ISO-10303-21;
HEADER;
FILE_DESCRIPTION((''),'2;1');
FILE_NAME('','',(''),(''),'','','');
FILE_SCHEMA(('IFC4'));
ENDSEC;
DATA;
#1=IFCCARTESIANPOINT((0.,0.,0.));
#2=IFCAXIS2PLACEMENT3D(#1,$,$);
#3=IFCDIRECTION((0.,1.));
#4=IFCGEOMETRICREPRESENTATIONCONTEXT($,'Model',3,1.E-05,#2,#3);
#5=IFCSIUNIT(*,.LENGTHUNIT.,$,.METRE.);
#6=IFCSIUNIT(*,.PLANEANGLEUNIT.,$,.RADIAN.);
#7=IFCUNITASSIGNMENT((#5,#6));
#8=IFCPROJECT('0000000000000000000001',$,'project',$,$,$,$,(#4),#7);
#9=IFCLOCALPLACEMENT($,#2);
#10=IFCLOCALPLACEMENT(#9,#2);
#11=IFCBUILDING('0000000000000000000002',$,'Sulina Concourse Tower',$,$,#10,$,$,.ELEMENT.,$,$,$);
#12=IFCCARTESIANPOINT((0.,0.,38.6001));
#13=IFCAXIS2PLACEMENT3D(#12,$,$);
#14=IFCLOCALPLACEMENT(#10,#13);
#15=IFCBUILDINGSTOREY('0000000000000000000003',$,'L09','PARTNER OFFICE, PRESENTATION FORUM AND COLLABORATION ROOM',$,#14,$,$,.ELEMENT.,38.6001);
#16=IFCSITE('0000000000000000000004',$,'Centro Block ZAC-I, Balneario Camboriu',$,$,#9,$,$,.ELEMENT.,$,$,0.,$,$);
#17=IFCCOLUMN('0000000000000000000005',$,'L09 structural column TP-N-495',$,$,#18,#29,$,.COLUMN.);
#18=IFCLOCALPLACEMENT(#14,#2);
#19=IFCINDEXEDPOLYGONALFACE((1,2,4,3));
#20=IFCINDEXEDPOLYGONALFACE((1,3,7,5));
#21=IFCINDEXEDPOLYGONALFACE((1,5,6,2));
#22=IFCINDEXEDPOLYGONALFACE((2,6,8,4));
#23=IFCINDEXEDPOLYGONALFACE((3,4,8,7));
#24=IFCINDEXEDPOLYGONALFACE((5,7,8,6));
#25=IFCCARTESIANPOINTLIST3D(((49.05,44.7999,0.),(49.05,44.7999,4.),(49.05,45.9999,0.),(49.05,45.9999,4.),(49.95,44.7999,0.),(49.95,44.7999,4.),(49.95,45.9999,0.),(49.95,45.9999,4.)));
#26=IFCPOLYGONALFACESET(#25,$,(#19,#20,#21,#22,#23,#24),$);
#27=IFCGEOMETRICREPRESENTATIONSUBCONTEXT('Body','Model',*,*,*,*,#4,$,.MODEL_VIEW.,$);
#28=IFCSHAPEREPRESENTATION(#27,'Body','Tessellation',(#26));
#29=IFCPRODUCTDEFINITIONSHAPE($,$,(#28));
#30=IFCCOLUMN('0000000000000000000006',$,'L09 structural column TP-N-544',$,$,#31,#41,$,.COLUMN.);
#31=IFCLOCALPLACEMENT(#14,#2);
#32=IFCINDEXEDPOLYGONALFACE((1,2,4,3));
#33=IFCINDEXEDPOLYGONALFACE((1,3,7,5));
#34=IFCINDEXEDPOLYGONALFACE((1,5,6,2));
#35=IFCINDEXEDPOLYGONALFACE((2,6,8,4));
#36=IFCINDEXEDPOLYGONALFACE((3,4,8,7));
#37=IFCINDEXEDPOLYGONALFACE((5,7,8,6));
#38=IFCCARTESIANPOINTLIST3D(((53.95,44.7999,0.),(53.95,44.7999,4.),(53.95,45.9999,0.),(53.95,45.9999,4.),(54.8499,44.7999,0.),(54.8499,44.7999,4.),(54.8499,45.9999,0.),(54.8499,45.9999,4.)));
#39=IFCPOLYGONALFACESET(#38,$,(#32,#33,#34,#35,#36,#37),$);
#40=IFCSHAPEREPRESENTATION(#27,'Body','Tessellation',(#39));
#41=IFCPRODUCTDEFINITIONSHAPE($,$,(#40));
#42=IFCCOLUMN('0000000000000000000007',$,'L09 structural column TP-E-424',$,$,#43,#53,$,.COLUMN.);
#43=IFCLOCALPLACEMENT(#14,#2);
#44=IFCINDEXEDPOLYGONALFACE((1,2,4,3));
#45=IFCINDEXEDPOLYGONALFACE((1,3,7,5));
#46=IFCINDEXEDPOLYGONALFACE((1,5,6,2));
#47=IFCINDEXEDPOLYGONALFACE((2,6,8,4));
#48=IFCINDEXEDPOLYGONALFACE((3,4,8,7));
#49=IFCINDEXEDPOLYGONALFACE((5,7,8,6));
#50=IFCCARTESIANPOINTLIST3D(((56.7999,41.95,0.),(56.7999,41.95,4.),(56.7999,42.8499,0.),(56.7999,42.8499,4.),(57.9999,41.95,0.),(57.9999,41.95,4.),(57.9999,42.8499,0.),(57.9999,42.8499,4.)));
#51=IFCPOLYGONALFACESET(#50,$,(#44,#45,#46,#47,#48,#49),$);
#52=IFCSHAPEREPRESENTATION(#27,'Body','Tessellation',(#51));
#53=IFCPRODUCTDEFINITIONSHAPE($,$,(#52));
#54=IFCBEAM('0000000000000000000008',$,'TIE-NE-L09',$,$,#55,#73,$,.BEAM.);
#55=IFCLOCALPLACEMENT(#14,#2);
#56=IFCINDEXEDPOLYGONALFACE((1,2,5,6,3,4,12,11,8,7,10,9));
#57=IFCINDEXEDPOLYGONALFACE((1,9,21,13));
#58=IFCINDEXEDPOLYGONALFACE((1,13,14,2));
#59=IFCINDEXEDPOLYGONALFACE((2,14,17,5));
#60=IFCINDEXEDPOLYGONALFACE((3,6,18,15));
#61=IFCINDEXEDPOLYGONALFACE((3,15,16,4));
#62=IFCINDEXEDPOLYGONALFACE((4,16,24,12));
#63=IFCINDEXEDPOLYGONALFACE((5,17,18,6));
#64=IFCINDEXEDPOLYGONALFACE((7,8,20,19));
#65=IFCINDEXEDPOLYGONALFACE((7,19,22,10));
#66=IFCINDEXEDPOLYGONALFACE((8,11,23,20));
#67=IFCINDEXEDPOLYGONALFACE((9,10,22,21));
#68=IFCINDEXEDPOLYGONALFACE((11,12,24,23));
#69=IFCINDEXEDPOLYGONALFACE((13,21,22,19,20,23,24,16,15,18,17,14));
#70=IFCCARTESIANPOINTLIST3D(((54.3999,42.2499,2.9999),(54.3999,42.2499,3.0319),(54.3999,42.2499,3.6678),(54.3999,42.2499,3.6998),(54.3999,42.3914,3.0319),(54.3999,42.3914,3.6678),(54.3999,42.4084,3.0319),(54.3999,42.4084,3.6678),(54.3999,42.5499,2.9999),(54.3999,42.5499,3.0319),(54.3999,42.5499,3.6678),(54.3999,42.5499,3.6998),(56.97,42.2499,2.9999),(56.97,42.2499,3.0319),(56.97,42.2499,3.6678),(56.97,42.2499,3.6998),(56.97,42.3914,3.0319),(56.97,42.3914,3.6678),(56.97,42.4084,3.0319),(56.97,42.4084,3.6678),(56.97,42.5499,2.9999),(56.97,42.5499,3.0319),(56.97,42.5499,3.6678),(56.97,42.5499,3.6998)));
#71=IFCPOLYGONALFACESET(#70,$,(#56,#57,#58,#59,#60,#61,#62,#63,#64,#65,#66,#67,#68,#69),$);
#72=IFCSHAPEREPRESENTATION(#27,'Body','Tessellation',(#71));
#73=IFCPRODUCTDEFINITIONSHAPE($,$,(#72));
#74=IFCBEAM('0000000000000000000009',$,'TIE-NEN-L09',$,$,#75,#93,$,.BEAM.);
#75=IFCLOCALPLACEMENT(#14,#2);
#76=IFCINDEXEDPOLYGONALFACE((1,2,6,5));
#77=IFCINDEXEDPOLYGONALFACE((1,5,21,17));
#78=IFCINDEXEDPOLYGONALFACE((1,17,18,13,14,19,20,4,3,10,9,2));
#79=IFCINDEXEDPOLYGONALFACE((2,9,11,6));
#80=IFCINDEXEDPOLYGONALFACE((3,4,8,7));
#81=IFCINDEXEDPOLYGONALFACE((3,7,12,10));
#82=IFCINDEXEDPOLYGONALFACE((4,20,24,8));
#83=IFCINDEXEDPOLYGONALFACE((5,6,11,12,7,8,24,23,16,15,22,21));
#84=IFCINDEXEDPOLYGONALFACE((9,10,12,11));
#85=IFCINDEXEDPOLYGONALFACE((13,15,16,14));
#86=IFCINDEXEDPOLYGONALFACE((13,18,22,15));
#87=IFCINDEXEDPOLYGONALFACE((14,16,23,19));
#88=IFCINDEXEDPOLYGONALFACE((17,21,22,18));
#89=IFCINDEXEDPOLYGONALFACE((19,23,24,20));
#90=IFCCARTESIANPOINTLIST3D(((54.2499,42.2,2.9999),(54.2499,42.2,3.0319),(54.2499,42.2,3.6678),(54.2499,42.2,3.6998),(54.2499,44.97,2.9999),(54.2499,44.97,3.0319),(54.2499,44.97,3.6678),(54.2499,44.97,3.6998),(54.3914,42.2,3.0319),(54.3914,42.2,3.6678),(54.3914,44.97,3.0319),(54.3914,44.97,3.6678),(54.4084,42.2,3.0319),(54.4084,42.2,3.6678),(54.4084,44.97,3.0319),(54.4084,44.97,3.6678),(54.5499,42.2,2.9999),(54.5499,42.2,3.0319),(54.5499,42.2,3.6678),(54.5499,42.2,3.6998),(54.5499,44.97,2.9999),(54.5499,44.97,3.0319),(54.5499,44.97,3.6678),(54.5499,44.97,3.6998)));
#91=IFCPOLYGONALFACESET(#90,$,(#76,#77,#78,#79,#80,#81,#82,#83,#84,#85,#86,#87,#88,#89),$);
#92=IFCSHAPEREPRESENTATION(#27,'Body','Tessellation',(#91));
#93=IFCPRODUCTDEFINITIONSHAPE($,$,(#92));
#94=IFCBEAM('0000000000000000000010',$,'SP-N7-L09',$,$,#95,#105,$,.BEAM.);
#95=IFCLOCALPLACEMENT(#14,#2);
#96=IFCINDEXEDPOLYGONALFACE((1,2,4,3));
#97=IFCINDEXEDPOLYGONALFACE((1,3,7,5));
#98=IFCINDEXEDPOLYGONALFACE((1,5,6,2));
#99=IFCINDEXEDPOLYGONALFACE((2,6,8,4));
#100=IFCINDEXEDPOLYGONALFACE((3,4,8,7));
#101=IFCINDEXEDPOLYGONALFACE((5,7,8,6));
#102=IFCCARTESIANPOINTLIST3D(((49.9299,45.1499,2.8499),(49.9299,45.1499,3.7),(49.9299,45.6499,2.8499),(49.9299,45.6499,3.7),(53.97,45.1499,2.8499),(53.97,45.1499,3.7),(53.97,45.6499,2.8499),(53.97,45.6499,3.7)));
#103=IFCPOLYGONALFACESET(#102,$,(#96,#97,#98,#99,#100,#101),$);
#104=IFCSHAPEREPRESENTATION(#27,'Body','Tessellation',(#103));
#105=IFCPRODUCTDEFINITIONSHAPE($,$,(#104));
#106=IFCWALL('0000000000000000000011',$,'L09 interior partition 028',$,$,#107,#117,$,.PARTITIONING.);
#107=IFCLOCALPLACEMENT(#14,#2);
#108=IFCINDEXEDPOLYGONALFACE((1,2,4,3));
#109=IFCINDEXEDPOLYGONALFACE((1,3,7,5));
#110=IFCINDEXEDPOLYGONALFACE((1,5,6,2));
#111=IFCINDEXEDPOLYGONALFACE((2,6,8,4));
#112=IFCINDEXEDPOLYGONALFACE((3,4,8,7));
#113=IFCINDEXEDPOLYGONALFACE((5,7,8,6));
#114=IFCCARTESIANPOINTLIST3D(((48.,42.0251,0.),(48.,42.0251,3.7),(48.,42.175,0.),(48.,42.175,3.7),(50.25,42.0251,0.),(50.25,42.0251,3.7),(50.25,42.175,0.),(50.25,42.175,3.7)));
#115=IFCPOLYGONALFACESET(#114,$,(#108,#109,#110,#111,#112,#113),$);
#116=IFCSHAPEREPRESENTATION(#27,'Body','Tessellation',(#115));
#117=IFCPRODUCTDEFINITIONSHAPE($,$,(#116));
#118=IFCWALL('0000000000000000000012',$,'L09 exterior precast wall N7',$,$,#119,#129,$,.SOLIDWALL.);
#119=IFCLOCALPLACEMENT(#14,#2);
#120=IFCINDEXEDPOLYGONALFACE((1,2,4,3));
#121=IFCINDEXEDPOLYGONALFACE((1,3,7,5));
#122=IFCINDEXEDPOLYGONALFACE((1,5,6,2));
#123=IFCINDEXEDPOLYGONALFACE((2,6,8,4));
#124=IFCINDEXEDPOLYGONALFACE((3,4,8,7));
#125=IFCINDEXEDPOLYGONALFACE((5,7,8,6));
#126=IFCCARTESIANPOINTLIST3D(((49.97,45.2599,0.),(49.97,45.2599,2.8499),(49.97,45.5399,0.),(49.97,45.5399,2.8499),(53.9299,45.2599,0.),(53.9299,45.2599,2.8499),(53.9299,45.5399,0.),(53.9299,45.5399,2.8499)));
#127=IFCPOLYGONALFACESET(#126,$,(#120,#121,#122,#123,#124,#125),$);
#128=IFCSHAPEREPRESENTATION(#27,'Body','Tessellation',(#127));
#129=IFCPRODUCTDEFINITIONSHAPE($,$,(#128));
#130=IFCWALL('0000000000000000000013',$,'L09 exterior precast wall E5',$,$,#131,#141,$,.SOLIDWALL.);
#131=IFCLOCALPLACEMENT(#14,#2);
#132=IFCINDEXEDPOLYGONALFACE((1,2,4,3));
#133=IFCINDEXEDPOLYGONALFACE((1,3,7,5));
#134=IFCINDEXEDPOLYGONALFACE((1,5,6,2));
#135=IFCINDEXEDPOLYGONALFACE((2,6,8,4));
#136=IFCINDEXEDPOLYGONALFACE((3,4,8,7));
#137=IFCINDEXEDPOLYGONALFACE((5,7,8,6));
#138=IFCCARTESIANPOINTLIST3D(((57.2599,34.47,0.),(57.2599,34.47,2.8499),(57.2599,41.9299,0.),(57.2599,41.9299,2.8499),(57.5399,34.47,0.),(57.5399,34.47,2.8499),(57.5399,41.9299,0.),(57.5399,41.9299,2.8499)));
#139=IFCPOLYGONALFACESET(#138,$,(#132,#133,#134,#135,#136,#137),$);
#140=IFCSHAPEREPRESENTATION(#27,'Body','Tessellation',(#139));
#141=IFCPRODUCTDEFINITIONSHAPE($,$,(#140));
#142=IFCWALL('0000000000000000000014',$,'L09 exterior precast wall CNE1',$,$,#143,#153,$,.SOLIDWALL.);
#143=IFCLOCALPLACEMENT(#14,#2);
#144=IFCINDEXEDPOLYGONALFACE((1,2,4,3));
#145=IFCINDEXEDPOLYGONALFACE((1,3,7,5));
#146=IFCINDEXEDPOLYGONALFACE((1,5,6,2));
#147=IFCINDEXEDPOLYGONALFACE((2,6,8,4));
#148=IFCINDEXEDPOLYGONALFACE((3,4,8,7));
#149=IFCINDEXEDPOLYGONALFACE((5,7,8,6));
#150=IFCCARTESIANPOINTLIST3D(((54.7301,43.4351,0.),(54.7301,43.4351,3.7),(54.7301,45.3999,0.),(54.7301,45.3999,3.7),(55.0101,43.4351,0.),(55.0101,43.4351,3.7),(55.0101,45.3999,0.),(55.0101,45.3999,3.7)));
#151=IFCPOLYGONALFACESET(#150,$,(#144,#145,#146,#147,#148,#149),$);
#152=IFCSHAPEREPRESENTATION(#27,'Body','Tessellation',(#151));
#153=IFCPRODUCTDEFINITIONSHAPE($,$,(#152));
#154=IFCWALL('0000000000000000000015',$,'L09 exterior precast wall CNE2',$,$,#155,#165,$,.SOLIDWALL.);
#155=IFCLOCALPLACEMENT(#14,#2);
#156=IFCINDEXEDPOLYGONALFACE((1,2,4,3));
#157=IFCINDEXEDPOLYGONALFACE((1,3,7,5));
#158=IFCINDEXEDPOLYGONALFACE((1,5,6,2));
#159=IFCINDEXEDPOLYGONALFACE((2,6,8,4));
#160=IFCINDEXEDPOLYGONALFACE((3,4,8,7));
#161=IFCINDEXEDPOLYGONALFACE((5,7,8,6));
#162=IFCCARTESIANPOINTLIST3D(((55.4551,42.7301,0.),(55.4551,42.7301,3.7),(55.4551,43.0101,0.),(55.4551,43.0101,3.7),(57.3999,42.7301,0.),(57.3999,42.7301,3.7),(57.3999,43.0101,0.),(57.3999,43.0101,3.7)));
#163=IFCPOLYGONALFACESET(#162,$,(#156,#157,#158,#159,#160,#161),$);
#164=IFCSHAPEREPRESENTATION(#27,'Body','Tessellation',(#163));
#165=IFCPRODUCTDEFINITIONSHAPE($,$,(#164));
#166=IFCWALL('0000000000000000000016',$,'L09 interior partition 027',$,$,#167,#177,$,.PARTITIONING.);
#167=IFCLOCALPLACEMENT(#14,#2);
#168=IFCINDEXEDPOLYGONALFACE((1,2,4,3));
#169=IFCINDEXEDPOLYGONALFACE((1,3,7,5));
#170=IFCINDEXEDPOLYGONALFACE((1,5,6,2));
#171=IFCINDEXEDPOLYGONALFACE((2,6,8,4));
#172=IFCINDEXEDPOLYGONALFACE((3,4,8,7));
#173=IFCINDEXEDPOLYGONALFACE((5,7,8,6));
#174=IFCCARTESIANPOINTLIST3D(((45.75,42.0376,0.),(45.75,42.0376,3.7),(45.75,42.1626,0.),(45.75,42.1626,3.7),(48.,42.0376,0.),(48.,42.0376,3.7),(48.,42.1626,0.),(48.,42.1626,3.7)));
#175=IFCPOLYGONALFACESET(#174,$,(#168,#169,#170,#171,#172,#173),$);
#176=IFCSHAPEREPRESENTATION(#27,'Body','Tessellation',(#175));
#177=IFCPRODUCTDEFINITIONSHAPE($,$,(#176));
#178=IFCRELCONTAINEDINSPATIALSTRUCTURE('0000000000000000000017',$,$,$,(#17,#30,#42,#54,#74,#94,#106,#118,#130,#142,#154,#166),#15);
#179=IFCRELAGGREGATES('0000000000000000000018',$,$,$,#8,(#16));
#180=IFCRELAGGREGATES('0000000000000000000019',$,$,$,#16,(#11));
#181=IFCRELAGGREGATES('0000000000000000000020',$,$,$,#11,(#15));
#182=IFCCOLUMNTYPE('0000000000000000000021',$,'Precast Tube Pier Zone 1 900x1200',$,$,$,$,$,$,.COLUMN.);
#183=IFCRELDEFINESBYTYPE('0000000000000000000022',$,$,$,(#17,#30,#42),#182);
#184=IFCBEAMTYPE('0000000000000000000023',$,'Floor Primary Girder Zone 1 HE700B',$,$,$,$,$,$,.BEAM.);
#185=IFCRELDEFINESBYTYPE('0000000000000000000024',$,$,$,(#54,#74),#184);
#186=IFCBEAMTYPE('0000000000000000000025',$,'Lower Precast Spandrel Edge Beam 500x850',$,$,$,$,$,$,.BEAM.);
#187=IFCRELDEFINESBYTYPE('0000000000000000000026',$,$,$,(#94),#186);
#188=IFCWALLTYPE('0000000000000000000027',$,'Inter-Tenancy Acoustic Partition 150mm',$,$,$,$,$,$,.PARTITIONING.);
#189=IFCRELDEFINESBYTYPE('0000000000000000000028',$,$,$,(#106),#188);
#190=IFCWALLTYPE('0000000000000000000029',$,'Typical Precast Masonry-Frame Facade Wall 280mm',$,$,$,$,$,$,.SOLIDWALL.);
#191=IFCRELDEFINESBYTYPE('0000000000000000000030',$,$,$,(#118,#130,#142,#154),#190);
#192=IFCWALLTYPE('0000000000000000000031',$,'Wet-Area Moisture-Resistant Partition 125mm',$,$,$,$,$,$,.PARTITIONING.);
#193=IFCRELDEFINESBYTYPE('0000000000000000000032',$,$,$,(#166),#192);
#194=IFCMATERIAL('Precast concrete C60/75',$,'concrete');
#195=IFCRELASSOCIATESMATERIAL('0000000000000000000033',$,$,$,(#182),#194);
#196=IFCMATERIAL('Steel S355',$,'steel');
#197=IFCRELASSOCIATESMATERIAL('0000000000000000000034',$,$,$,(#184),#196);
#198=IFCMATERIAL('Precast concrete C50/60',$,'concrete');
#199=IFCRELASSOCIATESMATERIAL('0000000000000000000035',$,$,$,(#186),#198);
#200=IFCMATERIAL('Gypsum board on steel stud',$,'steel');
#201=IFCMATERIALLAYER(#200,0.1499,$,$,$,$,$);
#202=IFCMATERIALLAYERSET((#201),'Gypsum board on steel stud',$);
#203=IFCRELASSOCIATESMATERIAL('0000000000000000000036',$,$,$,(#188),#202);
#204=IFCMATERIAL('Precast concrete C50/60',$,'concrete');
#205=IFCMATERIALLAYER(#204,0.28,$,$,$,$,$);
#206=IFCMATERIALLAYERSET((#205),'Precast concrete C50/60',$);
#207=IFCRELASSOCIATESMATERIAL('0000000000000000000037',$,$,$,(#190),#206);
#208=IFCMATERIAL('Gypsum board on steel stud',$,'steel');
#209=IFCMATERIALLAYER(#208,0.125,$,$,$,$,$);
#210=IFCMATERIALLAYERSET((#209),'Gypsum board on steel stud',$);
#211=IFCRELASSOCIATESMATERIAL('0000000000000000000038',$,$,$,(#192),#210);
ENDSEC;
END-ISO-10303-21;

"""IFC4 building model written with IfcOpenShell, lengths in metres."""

from ifc_helpers import new_model, si_unit, direction, frame, frame_2d, origin, origin_2d, place, context, subcontext, project, spatial, rectangle, i_section, extrude, material, layer, layer_set, material_profile, profile_set, type_object, element, save


model = new_model("IFC4")

# Units and contexts
model_context = context("Model", 3, precision=1e-05, world=origin(), true_north=direction((0.0, 1.0)))
body_context = subcontext(model_context, "Body", "Model", "MODEL_VIEW")
ifc_project = project(units=[si_unit("LENGTHUNIT", "METRE"), si_unit("PLANEANGLEUNIT", "RADIAN")], contexts=[model_context])

# Site, building, storey
site_placement = place(None, origin())
site = spatial("IfcSite", under=ifc_project, at=site_placement, Name="Centro Block ZAC-I, Balneario Camboriu", CompositionType="ELEMENT", RefElevation=0.0)
building_placement = place(site_placement, origin())
building = spatial("IfcBuilding", under=site, at=building_placement, Name="Sulina Concourse Tower", CompositionType="ELEMENT")
storey_placement = place(building_placement, frame((0.0, 0.0, 38.6001)))
storey = spatial("IfcBuildingStorey", under=building, at=storey_placement, Name="L09", Description="PARTNER OFFICE, PRESENTATION FORUM AND COLLABORATION ROOM", CompositionType="ELEMENT", Elevation=38.6001)

# Columns
ifc_material_1 = material(Name="Precast concrete C60/75", Category="concrete")
ifc_material_profile_1 = material_profile(ifc_material_1, rectangle(XDim=0.8999, YDim=1.2, at=origin_2d()), Name="PC 900x1200")
ifc_profile_set_1 = profile_set([ifc_material_profile_1], Name="Precast concrete C60/75")
column_type = type_object("IfcColumnType", Name="Precast Tube Pier Zone 1 900x1200", PredefinedType="COLUMN", material=ifc_profile_set_1)
for number, where, z_axis, x_axis, name in (
    (1, (49.5, 45.3999, 0.0), (0.0, 0.0, 1.0), (1.0, 0.0, 0.0), "L09 structural column TP-N-495"),
    (2, (54.3999, 45.3999, 0.0), (0.0, 0.0, 1.0), (1.0, 0.0, 0.0), "L09 structural column TP-N-544"),
    (3, (57.3999, 42.3999, 0.0), (0.0, 0.0, 1.0), (0.0, 1.0, 0.0), "L09 structural column TP-E-424"),
):
    element("IfcColumn", number, at=place(storey_placement, frame(where, z_axis=z_axis, x_axis=x_axis)), inside=storey, type_object=column_type, Name=name, PredefinedType="COLUMN", context=body_context, shape_type="SweptSolid", body=[
        extrude(rectangle(XDim=0.8999, YDim=1.2, at=origin_2d()), origin(), (0.0, 0.0, 1.0), 4.0),
    ])

# Beams
ifc_material_2 = material(Name="Steel S355", Category="steel")
ifc_material_profile_2 = material_profile(ifc_material_2, i_section(OverallWidth=0.3, OverallDepth=0.7, WebThickness=0.0171, FlangeThickness=0.032, at=origin_2d()), Name="HE 700 B")
ifc_profile_set_2 = profile_set([ifc_material_profile_2], Name="Steel S355")
beam_type_1 = type_object("IfcBeamType", Name="Floor Primary Girder Zone 1 HE700B", PredefinedType="BEAM", material=ifc_profile_set_2)
beam_1_placement = place(storey_placement, frame((54.3999, 42.3999, 3.3499), z_axis=(1.0, 0.0, 0.0), x_axis=(0.0, 1.0, 0.0)))
element("IfcBeam", 4, at=beam_1_placement, inside=storey, type_object=beam_type_1, Name="TIE-NE-L09", PredefinedType="BEAM", context=body_context, shape_type="SweptSolid", body=[
    extrude(i_section(OverallWidth=0.3, OverallDepth=0.7, WebThickness=0.0171, FlangeThickness=0.032, at=origin_2d()), origin(), (0.0, 0.0, 1.0), 2.5701),
])
beam_2_placement = place(storey_placement, frame((54.3999, 42.2, 3.3499), z_axis=(0.0, 1.0, 0.0), x_axis=(-1.0, 0.0, 0.0)))
element("IfcBeam", 5, at=beam_2_placement, inside=storey, type_object=beam_type_1, Name="TIE-NEN-L09", PredefinedType="BEAM", context=body_context, shape_type="SweptSolid", body=[
    extrude(i_section(OverallWidth=0.3, OverallDepth=0.7, WebThickness=0.0171, FlangeThickness=0.032, at=origin_2d()), origin(), (0.0, 0.0, 1.0), 2.77),
])
ifc_material_3 = material(Name="Precast concrete C50/60", Category="concrete")
ifc_material_profile_3 = material_profile(ifc_material_3, rectangle(XDim=0.5, YDim=0.8501, at=origin_2d()), Name="RC 500x850")
ifc_profile_set_3 = profile_set([ifc_material_profile_3], Name="Precast concrete C50/60")
beam_type_2 = type_object("IfcBeamType", Name="Lower Precast Spandrel Edge Beam 500x850", PredefinedType="BEAM", material=ifc_profile_set_3)
beam_3_placement = place(storey_placement, frame((49.9299, 45.3999, 3.2749), z_axis=(1.0, 0.0, 0.0), x_axis=(0.0, 1.0, 0.0)))
element("IfcBeam", 6, at=beam_3_placement, inside=storey, type_object=beam_type_2, Name="SP-N7-L09", PredefinedType="BEAM", context=body_context, shape_type="SweptSolid", body=[
    extrude(rectangle(XDim=0.5, YDim=0.8501, at=origin_2d()), origin(), (0.0, 0.0, 1.0), 4.04),
])

# Walls
ifc_material_4 = material(Name="Gypsum board on steel stud", Category="steel")
ifc_layer_1 = layer(ifc_material_4, 0.1499)
ifc_layer_set_1 = layer_set([ifc_layer_1], Name="Gypsum board on steel stud")
wall_type_1 = type_object("IfcWallType", Name="Inter-Tenancy Acoustic Partition 150mm", PredefinedType="PARTITIONING", material=ifc_layer_set_1)
wall_1_placement = place(storey_placement, frame((48.0, 42.1001, 0.0), z_axis=(0.0, 0.0, 1.0), x_axis=(1.0, 0.0, 0.0)))
element("IfcWall", 7, at=wall_1_placement, inside=storey, type_object=wall_type_1, Name="L09 interior partition 028", PredefinedType="PARTITIONING", context=body_context, shape_type="SweptSolid", body=[
    extrude(rectangle(XDim=2.25, YDim=0.1499, at=frame_2d((1.125, 0.0))), origin(), (0.0, 0.0, 1.0), 3.7),
])
ifc_material_5 = material(Name="Precast concrete C50/60", Category="concrete")
ifc_layer_2 = layer(ifc_material_5, 0.28)
ifc_layer_set_2 = layer_set([ifc_layer_2], Name="Precast concrete C50/60")
wall_type_2 = type_object("IfcWallType", Name="Typical Precast Masonry-Frame Facade Wall 280mm", PredefinedType="SOLIDWALL", material=ifc_layer_set_2)
wall_2_placement = place(storey_placement, frame((49.97, 45.3999, 0.0), z_axis=(0.0, 0.0, 1.0), x_axis=(1.0, 0.0, 0.0)))
element("IfcWall", 8, at=wall_2_placement, inside=storey, type_object=wall_type_2, Name="L09 exterior precast wall N7", PredefinedType="SOLIDWALL", context=body_context, shape_type="SweptSolid", body=[
    extrude(rectangle(XDim=3.96, YDim=0.28, at=frame_2d((1.98, 0.0))), origin(), (0.0, 0.0, 1.0), 2.8499),
])
wall_3_placement = place(storey_placement, frame((57.3999, 41.9299, 0.0), z_axis=(0.0, 0.0, 1.0), x_axis=(0.0, -1.0, 0.0)))
element("IfcWall", 9, at=wall_3_placement, inside=storey, type_object=wall_type_2, Name="L09 exterior precast wall E5", PredefinedType="SOLIDWALL", context=body_context, shape_type="SweptSolid", body=[
    extrude(rectangle(XDim=7.46, YDim=0.28, at=frame_2d((3.73, 0.0))), origin(), (0.0, 0.0, 1.0), 2.8499),
])
wall_4_placement = place(storey_placement, frame((54.8701, 45.3999, 0.0), z_axis=(0.0, 0.0, 1.0), x_axis=(0.0, -1.0, 0.0)))
element("IfcWall", 10, at=wall_4_placement, inside=storey, type_object=wall_type_2, Name="L09 exterior precast wall CNE1", PredefinedType="SOLIDWALL", context=body_context, shape_type="SweptSolid", body=[
    extrude(rectangle(XDim=1.9648, YDim=0.28, at=frame_2d((0.9824, 0.0))), origin(), (0.0, 0.0, 1.0), 3.7),
])
wall_5_placement = place(storey_placement, frame((55.4551, 42.8701, 0.0), z_axis=(0.0, 0.0, 1.0), x_axis=(1.0, 0.0, 0.0)))
element("IfcWall", 11, at=wall_5_placement, inside=storey, type_object=wall_type_2, Name="L09 exterior precast wall CNE2", PredefinedType="SOLIDWALL", context=body_context, shape_type="SweptSolid", body=[
    extrude(rectangle(XDim=1.9448, YDim=0.28, at=frame_2d((0.9724, 0.0))), origin(), (0.0, 0.0, 1.0), 3.7),
])
ifc_material_6 = material(Name="Gypsum board on steel stud", Category="steel")
ifc_layer_3 = layer(ifc_material_6, 0.125)
ifc_layer_set_3 = layer_set([ifc_layer_3], Name="Gypsum board on steel stud")
wall_type_3 = type_object("IfcWallType", Name="Wet-Area Moisture-Resistant Partition 125mm", PredefinedType="PARTITIONING", material=ifc_layer_set_3)
wall_6_placement = place(storey_placement, frame((45.75, 42.1001, 0.0), z_axis=(0.0, 0.0, 1.0), x_axis=(1.0, 0.0, 0.0)))
element("IfcWall", 12, at=wall_6_placement, inside=storey, type_object=wall_type_3, Name="L09 interior partition 027", PredefinedType="PARTITIONING", context=body_context, shape_type="SweptSolid", body=[
    extrude(rectangle(XDim=2.25, YDim=0.125, at=frame_2d((1.125, 0.0))), origin(), (0.0, 0.0, 1.0), 3.7),
])

save(model, "model.ifc")
